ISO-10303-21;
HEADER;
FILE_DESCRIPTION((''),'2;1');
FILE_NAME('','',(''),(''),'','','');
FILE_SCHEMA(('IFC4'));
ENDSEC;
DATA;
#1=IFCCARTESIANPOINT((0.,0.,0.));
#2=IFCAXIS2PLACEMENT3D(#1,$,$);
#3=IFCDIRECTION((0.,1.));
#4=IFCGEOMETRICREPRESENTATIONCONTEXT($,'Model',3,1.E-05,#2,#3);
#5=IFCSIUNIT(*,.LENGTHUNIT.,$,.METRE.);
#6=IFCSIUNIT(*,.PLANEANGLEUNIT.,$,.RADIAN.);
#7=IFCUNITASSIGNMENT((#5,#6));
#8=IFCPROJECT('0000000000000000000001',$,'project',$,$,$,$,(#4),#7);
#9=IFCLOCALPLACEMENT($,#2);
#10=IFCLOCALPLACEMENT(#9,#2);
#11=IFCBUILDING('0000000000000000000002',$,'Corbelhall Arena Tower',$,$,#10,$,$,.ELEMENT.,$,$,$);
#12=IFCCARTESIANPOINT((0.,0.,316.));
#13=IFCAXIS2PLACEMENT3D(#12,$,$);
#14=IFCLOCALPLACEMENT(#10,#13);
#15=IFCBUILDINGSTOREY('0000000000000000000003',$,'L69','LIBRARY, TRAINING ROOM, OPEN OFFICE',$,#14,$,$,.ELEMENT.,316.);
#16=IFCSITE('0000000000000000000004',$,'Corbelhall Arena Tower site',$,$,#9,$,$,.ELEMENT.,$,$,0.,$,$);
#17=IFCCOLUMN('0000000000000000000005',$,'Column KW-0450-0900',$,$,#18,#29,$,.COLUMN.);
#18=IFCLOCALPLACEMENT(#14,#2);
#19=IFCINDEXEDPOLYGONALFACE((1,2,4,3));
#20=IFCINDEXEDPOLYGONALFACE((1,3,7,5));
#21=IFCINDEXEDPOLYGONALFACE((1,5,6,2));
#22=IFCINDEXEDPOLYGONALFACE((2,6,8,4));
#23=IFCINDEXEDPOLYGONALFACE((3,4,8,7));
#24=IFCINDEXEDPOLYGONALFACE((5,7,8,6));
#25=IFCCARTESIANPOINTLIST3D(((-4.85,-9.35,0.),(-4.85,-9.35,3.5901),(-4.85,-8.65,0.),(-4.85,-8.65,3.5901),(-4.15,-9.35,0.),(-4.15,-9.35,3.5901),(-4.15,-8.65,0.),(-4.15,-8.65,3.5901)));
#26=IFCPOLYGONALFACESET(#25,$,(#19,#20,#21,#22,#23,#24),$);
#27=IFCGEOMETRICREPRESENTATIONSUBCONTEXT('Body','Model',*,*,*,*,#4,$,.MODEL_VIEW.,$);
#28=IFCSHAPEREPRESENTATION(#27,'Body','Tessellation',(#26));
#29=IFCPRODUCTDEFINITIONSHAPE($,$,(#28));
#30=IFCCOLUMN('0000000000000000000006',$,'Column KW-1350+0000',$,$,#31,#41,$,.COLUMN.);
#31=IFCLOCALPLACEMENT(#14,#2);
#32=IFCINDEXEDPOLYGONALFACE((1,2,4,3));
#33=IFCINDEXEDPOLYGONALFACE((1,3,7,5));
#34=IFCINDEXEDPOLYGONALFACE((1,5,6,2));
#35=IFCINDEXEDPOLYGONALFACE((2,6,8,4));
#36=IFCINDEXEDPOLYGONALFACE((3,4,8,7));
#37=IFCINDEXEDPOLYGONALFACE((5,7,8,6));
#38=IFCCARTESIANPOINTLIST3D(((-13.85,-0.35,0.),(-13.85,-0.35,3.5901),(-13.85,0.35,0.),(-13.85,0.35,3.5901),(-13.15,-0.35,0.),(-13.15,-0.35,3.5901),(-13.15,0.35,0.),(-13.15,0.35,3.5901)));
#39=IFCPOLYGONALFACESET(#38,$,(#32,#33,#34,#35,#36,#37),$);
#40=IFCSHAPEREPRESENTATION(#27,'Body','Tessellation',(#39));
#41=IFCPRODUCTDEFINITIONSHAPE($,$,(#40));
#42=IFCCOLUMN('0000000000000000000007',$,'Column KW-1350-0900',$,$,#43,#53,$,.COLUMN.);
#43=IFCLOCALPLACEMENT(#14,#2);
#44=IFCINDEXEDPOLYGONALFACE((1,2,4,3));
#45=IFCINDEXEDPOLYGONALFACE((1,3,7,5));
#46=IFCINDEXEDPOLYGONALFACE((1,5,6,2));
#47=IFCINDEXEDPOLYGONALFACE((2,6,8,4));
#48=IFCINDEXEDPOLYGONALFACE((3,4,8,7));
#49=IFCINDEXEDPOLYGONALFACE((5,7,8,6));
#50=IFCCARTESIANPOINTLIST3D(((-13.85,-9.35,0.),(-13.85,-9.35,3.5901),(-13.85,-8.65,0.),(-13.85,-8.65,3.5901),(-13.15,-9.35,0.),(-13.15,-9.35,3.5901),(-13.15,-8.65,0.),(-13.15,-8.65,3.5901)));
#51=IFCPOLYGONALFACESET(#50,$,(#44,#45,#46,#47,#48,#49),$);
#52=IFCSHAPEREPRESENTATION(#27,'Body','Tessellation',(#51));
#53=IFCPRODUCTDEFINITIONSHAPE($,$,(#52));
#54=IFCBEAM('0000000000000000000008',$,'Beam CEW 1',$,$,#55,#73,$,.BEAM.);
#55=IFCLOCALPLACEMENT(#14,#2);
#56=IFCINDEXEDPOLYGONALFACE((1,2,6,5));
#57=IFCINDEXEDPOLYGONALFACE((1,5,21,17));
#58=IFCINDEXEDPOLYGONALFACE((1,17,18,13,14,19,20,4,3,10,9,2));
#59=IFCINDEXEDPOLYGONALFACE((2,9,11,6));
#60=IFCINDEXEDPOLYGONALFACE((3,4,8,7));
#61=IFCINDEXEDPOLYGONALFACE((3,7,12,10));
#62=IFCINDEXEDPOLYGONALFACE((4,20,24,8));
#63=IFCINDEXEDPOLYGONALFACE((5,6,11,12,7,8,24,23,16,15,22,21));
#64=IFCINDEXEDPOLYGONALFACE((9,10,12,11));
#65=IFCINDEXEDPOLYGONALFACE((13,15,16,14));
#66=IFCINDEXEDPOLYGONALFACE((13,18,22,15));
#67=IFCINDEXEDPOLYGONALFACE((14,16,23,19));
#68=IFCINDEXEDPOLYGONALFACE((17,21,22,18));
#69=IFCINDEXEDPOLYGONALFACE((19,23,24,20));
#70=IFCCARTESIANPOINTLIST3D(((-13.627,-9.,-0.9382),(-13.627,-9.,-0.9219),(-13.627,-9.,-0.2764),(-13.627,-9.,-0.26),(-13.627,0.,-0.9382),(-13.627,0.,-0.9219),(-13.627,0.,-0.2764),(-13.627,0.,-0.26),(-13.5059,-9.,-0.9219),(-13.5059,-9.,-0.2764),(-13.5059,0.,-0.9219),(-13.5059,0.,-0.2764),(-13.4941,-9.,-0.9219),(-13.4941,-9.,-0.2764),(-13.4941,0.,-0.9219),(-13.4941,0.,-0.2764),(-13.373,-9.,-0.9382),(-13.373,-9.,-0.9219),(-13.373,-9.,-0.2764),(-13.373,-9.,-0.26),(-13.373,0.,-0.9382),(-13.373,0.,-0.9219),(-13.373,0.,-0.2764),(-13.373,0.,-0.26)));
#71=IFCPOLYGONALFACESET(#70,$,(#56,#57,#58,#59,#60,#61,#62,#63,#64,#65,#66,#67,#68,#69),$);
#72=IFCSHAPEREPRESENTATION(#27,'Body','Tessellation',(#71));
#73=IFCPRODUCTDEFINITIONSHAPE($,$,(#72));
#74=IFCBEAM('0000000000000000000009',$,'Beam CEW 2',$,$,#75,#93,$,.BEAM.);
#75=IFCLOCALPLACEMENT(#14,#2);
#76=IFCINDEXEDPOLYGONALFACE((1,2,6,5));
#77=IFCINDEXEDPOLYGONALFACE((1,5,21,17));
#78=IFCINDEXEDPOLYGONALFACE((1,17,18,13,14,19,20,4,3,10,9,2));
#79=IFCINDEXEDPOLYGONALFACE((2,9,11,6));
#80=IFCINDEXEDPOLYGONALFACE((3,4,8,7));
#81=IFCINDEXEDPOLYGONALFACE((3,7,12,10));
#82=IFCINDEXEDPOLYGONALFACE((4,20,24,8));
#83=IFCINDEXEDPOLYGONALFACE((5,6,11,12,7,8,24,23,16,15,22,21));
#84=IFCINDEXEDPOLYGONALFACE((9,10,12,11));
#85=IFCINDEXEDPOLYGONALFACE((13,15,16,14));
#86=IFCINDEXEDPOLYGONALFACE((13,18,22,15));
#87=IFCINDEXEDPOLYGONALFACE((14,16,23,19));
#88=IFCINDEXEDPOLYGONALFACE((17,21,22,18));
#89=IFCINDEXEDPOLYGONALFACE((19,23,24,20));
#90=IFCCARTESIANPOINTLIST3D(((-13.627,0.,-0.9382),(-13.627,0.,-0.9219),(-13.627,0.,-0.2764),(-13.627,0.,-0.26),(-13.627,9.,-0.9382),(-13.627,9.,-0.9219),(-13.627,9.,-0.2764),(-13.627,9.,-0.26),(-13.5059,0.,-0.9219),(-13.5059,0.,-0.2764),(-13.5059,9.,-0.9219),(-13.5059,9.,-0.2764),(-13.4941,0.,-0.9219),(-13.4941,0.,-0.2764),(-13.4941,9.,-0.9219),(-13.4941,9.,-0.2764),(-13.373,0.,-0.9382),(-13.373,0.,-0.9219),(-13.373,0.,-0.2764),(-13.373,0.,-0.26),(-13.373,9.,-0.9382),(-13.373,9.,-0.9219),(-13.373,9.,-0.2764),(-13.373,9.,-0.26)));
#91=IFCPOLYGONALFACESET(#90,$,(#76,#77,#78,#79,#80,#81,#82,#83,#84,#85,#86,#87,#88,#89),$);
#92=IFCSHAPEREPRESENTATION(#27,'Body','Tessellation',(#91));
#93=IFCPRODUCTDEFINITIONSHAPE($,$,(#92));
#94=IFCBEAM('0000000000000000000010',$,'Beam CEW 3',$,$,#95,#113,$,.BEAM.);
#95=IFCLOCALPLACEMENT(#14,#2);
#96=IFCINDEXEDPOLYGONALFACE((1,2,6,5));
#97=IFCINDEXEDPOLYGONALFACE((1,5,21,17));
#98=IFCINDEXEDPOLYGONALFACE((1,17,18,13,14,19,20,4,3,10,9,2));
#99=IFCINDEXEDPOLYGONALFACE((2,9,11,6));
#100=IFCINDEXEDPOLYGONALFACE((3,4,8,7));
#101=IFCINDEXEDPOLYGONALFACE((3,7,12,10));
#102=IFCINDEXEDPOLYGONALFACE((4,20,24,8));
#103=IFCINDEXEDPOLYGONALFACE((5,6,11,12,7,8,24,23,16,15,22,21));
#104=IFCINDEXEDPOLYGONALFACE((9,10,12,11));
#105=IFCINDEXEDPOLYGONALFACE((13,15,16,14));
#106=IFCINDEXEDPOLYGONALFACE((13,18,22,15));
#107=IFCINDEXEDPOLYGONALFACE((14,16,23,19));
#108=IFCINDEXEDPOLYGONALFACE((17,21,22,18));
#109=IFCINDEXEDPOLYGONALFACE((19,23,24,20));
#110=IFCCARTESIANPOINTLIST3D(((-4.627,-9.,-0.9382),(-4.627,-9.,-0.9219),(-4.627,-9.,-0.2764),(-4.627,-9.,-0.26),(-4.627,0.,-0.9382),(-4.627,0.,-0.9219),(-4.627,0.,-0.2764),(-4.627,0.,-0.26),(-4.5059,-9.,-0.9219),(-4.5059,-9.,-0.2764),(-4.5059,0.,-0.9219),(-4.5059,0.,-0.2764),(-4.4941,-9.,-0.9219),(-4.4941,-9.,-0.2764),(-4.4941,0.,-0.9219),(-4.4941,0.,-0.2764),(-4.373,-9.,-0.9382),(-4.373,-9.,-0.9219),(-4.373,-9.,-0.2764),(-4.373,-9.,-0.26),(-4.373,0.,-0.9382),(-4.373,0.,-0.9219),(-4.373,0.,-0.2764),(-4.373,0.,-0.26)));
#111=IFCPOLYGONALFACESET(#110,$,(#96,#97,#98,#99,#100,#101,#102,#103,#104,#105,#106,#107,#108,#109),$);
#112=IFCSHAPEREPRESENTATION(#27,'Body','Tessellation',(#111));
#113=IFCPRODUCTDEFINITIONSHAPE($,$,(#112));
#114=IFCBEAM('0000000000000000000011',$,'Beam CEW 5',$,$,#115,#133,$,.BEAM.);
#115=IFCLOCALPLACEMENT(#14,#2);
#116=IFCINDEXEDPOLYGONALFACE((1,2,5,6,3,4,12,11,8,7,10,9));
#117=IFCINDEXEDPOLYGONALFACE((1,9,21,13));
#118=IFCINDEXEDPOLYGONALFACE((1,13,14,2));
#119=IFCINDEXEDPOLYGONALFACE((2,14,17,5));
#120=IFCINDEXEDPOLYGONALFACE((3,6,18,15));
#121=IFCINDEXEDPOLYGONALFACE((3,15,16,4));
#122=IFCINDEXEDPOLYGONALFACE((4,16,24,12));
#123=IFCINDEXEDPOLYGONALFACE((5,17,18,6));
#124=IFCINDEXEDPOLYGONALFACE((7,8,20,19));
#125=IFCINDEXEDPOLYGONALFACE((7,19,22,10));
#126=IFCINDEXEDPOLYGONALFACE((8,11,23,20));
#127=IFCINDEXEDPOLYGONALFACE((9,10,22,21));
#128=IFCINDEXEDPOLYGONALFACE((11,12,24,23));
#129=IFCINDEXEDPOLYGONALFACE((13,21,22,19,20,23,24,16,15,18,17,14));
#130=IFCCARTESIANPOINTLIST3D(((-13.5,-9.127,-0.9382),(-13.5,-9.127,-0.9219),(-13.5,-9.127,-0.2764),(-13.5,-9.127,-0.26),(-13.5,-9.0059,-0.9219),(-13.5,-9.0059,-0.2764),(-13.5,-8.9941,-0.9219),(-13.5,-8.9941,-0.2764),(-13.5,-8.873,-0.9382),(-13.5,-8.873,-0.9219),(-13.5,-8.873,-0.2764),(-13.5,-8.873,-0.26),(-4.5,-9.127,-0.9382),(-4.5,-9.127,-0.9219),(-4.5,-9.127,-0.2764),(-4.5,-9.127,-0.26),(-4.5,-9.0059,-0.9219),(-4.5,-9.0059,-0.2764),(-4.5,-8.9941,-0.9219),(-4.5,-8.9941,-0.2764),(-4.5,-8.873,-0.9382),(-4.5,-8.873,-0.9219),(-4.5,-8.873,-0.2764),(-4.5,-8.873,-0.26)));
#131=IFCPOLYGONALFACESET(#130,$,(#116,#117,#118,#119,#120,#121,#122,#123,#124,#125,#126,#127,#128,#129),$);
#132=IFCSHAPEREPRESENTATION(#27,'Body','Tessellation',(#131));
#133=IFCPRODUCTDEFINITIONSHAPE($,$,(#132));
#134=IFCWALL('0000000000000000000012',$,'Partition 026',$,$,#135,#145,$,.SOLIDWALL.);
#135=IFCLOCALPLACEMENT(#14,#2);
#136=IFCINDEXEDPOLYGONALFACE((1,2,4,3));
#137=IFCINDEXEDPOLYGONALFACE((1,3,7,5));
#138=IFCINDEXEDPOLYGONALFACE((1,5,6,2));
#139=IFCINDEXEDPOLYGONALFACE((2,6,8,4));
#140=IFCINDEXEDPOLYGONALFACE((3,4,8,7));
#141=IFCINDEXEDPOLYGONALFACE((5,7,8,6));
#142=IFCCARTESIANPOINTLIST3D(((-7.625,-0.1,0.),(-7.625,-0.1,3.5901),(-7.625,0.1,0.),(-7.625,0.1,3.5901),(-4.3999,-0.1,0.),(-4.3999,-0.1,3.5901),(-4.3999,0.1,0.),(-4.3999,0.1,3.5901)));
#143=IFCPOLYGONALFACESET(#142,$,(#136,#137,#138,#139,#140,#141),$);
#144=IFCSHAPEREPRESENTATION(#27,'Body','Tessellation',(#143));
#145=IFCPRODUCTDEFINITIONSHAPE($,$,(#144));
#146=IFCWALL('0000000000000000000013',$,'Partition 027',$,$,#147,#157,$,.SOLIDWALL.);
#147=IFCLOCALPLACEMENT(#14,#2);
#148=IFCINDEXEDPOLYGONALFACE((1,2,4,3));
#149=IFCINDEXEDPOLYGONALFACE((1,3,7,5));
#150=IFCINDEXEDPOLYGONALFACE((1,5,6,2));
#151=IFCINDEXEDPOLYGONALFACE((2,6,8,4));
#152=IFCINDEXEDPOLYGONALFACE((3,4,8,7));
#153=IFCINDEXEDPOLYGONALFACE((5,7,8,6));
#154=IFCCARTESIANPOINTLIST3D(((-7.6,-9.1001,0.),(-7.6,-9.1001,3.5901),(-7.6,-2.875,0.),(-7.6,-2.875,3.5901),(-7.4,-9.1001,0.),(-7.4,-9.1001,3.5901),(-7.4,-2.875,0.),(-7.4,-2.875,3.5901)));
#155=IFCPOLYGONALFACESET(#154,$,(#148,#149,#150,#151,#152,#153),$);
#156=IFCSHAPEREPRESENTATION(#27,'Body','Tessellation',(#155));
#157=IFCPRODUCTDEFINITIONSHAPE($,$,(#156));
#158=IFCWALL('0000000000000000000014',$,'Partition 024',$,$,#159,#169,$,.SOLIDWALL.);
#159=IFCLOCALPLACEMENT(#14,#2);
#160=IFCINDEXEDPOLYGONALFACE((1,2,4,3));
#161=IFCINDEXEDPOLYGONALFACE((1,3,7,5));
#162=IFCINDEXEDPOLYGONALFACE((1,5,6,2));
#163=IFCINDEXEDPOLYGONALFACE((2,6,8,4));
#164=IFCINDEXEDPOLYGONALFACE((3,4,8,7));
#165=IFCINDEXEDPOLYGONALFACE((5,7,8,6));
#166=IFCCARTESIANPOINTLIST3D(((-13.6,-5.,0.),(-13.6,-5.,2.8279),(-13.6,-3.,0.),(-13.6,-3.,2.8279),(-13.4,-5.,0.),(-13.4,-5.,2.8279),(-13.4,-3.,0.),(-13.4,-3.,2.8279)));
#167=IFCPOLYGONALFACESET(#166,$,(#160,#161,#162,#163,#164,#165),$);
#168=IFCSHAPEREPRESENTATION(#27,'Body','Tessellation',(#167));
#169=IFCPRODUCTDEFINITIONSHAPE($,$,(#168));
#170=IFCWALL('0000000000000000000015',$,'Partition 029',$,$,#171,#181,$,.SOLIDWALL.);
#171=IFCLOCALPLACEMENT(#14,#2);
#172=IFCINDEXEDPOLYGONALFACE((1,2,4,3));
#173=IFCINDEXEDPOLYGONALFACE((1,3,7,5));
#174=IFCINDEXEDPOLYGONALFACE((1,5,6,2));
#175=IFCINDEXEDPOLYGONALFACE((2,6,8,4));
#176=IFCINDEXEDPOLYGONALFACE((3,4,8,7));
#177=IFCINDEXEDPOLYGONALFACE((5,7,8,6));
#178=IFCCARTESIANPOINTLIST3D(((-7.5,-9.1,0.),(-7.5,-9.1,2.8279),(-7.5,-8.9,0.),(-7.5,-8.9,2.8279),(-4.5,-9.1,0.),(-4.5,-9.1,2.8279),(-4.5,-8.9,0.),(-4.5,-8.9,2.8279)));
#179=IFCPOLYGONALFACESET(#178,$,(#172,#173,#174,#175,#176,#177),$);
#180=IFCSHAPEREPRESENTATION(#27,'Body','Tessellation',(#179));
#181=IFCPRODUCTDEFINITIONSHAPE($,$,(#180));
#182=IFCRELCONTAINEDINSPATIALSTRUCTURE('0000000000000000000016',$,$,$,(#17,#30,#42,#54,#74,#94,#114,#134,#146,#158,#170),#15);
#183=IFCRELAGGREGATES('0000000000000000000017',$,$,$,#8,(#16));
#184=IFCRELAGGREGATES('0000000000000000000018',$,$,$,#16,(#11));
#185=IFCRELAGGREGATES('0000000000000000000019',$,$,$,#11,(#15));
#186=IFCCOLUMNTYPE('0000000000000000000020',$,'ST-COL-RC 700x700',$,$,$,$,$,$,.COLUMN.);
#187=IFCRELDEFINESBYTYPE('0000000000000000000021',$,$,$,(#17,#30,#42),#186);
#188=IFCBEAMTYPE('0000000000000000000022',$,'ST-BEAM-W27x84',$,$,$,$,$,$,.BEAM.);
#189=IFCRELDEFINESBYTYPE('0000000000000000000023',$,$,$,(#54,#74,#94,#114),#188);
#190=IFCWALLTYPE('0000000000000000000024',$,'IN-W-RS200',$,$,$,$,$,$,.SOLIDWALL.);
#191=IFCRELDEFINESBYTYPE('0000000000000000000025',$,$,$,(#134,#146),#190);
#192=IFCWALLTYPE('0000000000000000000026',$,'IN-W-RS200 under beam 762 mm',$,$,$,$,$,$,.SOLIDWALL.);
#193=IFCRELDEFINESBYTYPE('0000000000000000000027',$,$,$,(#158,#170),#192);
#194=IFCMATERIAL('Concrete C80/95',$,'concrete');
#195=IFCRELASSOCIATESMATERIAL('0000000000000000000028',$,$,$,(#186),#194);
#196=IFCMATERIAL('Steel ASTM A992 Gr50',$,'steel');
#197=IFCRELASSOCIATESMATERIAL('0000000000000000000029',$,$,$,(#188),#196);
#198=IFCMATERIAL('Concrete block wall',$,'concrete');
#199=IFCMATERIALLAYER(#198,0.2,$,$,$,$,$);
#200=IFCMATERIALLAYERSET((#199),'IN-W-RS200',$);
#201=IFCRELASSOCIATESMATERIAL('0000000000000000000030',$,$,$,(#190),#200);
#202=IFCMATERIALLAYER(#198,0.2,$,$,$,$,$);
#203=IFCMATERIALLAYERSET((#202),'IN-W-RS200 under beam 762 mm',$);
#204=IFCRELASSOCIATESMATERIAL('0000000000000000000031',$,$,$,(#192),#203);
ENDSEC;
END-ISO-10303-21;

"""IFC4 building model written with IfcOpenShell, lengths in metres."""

from ifc_helpers import new_model, si_unit, direction, frame, frame_2d, origin, origin_2d, place, context, subcontext, project, spatial, rectangle, i_section, extrude, material, layer, layer_set, material_profile, profile_set, type_object, element, save


model = new_model("IFC4")

# Units and contexts
model_context = context("Model", 3, precision=1e-05, world=origin(), true_north=direction((0.0, 1.0)))
body_context = subcontext(model_context, "Body", "Model", "MODEL_VIEW")
ifc_project = project(units=[si_unit("LENGTHUNIT", "METRE"), si_unit("PLANEANGLEUNIT", "RADIAN")], contexts=[model_context])

# Site, building, storey
site_placement = place(None, origin())
site = spatial("IfcSite", under=ifc_project, at=site_placement, Name="Corbelhall Arena Tower site", CompositionType="ELEMENT", RefElevation=0.0)
building_placement = place(site_placement, origin())
building = spatial("IfcBuilding", under=site, at=building_placement, Name="Corbelhall Arena Tower", CompositionType="ELEMENT")
storey_placement = place(building_placement, frame((0.0, 0.0, 316.0)))
storey = spatial("IfcBuildingStorey", under=building, at=storey_placement, Name="L69", Description="LIBRARY, TRAINING ROOM, OPEN OFFICE", CompositionType="ELEMENT", Elevation=316.0)

# Columns
ifc_material_1 = material(Name="Concrete C80/95", Category="concrete")
ifc_material_profile_1 = material_profile(ifc_material_1, rectangle(XDim=0.7, YDim=0.7, at=origin_2d()))
ifc_profile_set_1 = profile_set([ifc_material_profile_1], Name="Concrete C80/95")
column_type = type_object("IfcColumnType", Name="ST-COL-RC 700x700", PredefinedType="COLUMN", material=ifc_profile_set_1)
for number, where, z_axis, x_axis, name in (
    (1, (-4.5, -9.0, 0.0), (0.0, 0.0, 1.0), (1.0, 0.0, 0.0), "Column KW-0450-0900"),
    (2, (-13.5, 0.0, 0.0), (0.0, 0.0, 1.0), (1.0, 0.0, 0.0), "Column KW-1350+0000"),
    (3, (-13.5, -9.0, 0.0), (0.0, 0.0, 1.0), (1.0, 0.0, 0.0), "Column KW-1350-0900"),
):
    element("IfcColumn", number, at=place(storey_placement, frame(where, z_axis=z_axis, x_axis=x_axis)), inside=storey, type_object=column_type, Name=name, PredefinedType="COLUMN", context=body_context, shape_type="SweptSolid", body=[
        extrude(rectangle(XDim=0.7, YDim=0.7, at=origin_2d()), origin(), (0.0, 0.0, 1.0), 3.5901),
    ])

# Beams
ifc_material_2 = material(Name="Steel ASTM A992 Gr50", Category="steel")
ifc_material_profile_2 = material_profile(ifc_material_2, i_section(OverallWidth=0.2539, OverallDepth=0.6782, WebThickness=0.0117, FlangeThickness=0.0164, at=origin_2d()))
ifc_profile_set_2 = profile_set([ifc_material_profile_2], Name="Steel ASTM A992 Gr50")
beam_type = type_object("IfcBeamType", Name="ST-BEAM-W27x84", PredefinedType="BEAM", material=ifc_profile_set_2)
for number, where, z_axis, x_axis, name in (
    (4, (-13.5, -9.0, -0.5991), (0.0, 1.0, 0.0), (-1.0, 0.0, 0.0), "Beam CEW 1"),
    (5, (-13.5, 0.0, -0.5991), (0.0, 1.0, 0.0), (-1.0, 0.0, 0.0), "Beam CEW 2"),
    (6, (-4.5, -9.0, -0.5991), (0.0, 1.0, 0.0), (-1.0, 0.0, 0.0), "Beam CEW 3"),
    (7, (-13.5, -9.0, -0.5991), (1.0, 0.0, 0.0), (0.0, 1.0, 0.0), "Beam CEW 5"),
):
    element("IfcBeam", number, at=place(storey_placement, frame(where, z_axis=z_axis, x_axis=x_axis)), inside=storey, type_object=beam_type, Name=name, PredefinedType="BEAM", context=body_context, shape_type="SweptSolid", body=[
        extrude(i_section(OverallWidth=0.2539, OverallDepth=0.6782, WebThickness=0.0117, FlangeThickness=0.0164, at=origin_2d()), origin(), (0.0, 0.0, 1.0), 9.0),
    ])

# Shared definitions
ifc_material_3 = material(Name="Concrete block wall", Category="concrete")
ifc_layer_1 = layer(ifc_material_3, 0.2)
ifc_layer_set_1 = layer_set([ifc_layer_1], Name="IN-W-RS200")
wall_type_1 = type_object("IfcWallType", Name="IN-W-RS200", PredefinedType="SOLIDWALL", material=ifc_layer_set_1)

# Walls
wall_1_placement = place(storey_placement, frame((-7.625, 0.0, 0.0), z_axis=(0.0, 0.0, 1.0), x_axis=(1.0, 0.0, 0.0)))
element("IfcWall", 8, at=wall_1_placement, inside=storey, type_object=wall_type_1, Name="Partition 026", PredefinedType="SOLIDWALL", context=body_context, shape_type="SweptSolid", body=[
    extrude(rectangle(XDim=3.2251, YDim=0.2, at=frame_2d((1.6125, 0.0))), origin(), (0.0, 0.0, 1.0), 3.5901),
])
wall_2_placement = place(storey_placement, frame((-7.5, -9.1001, 0.0), z_axis=(0.0, 0.0, 1.0), x_axis=(0.0, 1.0, 0.0)))
element("IfcWall", 9, at=wall_2_placement, inside=storey, type_object=wall_type_1, Name="Partition 027", PredefinedType="SOLIDWALL", context=body_context, shape_type="SweptSolid", body=[
    extrude(rectangle(XDim=6.2251, YDim=0.2, at=frame_2d((3.1125, 0.0))), origin(), (0.0, 0.0, 1.0), 3.5901),
])
ifc_layer_2 = layer(ifc_material_3, 0.2)
ifc_layer_set_2 = layer_set([ifc_layer_2], Name="IN-W-RS200 under beam 762 mm")
wall_type_2 = type_object("IfcWallType", Name="IN-W-RS200 under beam 762 mm", PredefinedType="SOLIDWALL", material=ifc_layer_set_2)
wall_3_placement = place(storey_placement, frame((-13.5, -5.0, 0.0), z_axis=(0.0, 0.0, 1.0), x_axis=(0.0, 1.0, 0.0)))
element("IfcWall", 10, at=wall_3_placement, inside=storey, type_object=wall_type_2, Name="Partition 024", PredefinedType="SOLIDWALL", context=body_context, shape_type="SweptSolid", body=[
    extrude(rectangle(XDim=2.0, YDim=0.2, at=frame_2d((1.0, 0.0))), origin(), (0.0, 0.0, 1.0), 2.8279),
])
wall_4_placement = place(storey_placement, frame((-4.5, -9.0, 0.0), z_axis=(0.0, 0.0, 1.0), x_axis=(-1.0, 0.0, 0.0)))
element("IfcWall", 11, at=wall_4_placement, inside=storey, type_object=wall_type_2, Name="Partition 029", PredefinedType="SOLIDWALL", context=body_context, shape_type="SweptSolid", body=[
    extrude(rectangle(XDim=3.0, YDim=0.2, at=frame_2d((1.5, 0.0))), origin(), (0.0, 0.0, 1.0), 2.8279),
])

save(model, "model.ifc")
